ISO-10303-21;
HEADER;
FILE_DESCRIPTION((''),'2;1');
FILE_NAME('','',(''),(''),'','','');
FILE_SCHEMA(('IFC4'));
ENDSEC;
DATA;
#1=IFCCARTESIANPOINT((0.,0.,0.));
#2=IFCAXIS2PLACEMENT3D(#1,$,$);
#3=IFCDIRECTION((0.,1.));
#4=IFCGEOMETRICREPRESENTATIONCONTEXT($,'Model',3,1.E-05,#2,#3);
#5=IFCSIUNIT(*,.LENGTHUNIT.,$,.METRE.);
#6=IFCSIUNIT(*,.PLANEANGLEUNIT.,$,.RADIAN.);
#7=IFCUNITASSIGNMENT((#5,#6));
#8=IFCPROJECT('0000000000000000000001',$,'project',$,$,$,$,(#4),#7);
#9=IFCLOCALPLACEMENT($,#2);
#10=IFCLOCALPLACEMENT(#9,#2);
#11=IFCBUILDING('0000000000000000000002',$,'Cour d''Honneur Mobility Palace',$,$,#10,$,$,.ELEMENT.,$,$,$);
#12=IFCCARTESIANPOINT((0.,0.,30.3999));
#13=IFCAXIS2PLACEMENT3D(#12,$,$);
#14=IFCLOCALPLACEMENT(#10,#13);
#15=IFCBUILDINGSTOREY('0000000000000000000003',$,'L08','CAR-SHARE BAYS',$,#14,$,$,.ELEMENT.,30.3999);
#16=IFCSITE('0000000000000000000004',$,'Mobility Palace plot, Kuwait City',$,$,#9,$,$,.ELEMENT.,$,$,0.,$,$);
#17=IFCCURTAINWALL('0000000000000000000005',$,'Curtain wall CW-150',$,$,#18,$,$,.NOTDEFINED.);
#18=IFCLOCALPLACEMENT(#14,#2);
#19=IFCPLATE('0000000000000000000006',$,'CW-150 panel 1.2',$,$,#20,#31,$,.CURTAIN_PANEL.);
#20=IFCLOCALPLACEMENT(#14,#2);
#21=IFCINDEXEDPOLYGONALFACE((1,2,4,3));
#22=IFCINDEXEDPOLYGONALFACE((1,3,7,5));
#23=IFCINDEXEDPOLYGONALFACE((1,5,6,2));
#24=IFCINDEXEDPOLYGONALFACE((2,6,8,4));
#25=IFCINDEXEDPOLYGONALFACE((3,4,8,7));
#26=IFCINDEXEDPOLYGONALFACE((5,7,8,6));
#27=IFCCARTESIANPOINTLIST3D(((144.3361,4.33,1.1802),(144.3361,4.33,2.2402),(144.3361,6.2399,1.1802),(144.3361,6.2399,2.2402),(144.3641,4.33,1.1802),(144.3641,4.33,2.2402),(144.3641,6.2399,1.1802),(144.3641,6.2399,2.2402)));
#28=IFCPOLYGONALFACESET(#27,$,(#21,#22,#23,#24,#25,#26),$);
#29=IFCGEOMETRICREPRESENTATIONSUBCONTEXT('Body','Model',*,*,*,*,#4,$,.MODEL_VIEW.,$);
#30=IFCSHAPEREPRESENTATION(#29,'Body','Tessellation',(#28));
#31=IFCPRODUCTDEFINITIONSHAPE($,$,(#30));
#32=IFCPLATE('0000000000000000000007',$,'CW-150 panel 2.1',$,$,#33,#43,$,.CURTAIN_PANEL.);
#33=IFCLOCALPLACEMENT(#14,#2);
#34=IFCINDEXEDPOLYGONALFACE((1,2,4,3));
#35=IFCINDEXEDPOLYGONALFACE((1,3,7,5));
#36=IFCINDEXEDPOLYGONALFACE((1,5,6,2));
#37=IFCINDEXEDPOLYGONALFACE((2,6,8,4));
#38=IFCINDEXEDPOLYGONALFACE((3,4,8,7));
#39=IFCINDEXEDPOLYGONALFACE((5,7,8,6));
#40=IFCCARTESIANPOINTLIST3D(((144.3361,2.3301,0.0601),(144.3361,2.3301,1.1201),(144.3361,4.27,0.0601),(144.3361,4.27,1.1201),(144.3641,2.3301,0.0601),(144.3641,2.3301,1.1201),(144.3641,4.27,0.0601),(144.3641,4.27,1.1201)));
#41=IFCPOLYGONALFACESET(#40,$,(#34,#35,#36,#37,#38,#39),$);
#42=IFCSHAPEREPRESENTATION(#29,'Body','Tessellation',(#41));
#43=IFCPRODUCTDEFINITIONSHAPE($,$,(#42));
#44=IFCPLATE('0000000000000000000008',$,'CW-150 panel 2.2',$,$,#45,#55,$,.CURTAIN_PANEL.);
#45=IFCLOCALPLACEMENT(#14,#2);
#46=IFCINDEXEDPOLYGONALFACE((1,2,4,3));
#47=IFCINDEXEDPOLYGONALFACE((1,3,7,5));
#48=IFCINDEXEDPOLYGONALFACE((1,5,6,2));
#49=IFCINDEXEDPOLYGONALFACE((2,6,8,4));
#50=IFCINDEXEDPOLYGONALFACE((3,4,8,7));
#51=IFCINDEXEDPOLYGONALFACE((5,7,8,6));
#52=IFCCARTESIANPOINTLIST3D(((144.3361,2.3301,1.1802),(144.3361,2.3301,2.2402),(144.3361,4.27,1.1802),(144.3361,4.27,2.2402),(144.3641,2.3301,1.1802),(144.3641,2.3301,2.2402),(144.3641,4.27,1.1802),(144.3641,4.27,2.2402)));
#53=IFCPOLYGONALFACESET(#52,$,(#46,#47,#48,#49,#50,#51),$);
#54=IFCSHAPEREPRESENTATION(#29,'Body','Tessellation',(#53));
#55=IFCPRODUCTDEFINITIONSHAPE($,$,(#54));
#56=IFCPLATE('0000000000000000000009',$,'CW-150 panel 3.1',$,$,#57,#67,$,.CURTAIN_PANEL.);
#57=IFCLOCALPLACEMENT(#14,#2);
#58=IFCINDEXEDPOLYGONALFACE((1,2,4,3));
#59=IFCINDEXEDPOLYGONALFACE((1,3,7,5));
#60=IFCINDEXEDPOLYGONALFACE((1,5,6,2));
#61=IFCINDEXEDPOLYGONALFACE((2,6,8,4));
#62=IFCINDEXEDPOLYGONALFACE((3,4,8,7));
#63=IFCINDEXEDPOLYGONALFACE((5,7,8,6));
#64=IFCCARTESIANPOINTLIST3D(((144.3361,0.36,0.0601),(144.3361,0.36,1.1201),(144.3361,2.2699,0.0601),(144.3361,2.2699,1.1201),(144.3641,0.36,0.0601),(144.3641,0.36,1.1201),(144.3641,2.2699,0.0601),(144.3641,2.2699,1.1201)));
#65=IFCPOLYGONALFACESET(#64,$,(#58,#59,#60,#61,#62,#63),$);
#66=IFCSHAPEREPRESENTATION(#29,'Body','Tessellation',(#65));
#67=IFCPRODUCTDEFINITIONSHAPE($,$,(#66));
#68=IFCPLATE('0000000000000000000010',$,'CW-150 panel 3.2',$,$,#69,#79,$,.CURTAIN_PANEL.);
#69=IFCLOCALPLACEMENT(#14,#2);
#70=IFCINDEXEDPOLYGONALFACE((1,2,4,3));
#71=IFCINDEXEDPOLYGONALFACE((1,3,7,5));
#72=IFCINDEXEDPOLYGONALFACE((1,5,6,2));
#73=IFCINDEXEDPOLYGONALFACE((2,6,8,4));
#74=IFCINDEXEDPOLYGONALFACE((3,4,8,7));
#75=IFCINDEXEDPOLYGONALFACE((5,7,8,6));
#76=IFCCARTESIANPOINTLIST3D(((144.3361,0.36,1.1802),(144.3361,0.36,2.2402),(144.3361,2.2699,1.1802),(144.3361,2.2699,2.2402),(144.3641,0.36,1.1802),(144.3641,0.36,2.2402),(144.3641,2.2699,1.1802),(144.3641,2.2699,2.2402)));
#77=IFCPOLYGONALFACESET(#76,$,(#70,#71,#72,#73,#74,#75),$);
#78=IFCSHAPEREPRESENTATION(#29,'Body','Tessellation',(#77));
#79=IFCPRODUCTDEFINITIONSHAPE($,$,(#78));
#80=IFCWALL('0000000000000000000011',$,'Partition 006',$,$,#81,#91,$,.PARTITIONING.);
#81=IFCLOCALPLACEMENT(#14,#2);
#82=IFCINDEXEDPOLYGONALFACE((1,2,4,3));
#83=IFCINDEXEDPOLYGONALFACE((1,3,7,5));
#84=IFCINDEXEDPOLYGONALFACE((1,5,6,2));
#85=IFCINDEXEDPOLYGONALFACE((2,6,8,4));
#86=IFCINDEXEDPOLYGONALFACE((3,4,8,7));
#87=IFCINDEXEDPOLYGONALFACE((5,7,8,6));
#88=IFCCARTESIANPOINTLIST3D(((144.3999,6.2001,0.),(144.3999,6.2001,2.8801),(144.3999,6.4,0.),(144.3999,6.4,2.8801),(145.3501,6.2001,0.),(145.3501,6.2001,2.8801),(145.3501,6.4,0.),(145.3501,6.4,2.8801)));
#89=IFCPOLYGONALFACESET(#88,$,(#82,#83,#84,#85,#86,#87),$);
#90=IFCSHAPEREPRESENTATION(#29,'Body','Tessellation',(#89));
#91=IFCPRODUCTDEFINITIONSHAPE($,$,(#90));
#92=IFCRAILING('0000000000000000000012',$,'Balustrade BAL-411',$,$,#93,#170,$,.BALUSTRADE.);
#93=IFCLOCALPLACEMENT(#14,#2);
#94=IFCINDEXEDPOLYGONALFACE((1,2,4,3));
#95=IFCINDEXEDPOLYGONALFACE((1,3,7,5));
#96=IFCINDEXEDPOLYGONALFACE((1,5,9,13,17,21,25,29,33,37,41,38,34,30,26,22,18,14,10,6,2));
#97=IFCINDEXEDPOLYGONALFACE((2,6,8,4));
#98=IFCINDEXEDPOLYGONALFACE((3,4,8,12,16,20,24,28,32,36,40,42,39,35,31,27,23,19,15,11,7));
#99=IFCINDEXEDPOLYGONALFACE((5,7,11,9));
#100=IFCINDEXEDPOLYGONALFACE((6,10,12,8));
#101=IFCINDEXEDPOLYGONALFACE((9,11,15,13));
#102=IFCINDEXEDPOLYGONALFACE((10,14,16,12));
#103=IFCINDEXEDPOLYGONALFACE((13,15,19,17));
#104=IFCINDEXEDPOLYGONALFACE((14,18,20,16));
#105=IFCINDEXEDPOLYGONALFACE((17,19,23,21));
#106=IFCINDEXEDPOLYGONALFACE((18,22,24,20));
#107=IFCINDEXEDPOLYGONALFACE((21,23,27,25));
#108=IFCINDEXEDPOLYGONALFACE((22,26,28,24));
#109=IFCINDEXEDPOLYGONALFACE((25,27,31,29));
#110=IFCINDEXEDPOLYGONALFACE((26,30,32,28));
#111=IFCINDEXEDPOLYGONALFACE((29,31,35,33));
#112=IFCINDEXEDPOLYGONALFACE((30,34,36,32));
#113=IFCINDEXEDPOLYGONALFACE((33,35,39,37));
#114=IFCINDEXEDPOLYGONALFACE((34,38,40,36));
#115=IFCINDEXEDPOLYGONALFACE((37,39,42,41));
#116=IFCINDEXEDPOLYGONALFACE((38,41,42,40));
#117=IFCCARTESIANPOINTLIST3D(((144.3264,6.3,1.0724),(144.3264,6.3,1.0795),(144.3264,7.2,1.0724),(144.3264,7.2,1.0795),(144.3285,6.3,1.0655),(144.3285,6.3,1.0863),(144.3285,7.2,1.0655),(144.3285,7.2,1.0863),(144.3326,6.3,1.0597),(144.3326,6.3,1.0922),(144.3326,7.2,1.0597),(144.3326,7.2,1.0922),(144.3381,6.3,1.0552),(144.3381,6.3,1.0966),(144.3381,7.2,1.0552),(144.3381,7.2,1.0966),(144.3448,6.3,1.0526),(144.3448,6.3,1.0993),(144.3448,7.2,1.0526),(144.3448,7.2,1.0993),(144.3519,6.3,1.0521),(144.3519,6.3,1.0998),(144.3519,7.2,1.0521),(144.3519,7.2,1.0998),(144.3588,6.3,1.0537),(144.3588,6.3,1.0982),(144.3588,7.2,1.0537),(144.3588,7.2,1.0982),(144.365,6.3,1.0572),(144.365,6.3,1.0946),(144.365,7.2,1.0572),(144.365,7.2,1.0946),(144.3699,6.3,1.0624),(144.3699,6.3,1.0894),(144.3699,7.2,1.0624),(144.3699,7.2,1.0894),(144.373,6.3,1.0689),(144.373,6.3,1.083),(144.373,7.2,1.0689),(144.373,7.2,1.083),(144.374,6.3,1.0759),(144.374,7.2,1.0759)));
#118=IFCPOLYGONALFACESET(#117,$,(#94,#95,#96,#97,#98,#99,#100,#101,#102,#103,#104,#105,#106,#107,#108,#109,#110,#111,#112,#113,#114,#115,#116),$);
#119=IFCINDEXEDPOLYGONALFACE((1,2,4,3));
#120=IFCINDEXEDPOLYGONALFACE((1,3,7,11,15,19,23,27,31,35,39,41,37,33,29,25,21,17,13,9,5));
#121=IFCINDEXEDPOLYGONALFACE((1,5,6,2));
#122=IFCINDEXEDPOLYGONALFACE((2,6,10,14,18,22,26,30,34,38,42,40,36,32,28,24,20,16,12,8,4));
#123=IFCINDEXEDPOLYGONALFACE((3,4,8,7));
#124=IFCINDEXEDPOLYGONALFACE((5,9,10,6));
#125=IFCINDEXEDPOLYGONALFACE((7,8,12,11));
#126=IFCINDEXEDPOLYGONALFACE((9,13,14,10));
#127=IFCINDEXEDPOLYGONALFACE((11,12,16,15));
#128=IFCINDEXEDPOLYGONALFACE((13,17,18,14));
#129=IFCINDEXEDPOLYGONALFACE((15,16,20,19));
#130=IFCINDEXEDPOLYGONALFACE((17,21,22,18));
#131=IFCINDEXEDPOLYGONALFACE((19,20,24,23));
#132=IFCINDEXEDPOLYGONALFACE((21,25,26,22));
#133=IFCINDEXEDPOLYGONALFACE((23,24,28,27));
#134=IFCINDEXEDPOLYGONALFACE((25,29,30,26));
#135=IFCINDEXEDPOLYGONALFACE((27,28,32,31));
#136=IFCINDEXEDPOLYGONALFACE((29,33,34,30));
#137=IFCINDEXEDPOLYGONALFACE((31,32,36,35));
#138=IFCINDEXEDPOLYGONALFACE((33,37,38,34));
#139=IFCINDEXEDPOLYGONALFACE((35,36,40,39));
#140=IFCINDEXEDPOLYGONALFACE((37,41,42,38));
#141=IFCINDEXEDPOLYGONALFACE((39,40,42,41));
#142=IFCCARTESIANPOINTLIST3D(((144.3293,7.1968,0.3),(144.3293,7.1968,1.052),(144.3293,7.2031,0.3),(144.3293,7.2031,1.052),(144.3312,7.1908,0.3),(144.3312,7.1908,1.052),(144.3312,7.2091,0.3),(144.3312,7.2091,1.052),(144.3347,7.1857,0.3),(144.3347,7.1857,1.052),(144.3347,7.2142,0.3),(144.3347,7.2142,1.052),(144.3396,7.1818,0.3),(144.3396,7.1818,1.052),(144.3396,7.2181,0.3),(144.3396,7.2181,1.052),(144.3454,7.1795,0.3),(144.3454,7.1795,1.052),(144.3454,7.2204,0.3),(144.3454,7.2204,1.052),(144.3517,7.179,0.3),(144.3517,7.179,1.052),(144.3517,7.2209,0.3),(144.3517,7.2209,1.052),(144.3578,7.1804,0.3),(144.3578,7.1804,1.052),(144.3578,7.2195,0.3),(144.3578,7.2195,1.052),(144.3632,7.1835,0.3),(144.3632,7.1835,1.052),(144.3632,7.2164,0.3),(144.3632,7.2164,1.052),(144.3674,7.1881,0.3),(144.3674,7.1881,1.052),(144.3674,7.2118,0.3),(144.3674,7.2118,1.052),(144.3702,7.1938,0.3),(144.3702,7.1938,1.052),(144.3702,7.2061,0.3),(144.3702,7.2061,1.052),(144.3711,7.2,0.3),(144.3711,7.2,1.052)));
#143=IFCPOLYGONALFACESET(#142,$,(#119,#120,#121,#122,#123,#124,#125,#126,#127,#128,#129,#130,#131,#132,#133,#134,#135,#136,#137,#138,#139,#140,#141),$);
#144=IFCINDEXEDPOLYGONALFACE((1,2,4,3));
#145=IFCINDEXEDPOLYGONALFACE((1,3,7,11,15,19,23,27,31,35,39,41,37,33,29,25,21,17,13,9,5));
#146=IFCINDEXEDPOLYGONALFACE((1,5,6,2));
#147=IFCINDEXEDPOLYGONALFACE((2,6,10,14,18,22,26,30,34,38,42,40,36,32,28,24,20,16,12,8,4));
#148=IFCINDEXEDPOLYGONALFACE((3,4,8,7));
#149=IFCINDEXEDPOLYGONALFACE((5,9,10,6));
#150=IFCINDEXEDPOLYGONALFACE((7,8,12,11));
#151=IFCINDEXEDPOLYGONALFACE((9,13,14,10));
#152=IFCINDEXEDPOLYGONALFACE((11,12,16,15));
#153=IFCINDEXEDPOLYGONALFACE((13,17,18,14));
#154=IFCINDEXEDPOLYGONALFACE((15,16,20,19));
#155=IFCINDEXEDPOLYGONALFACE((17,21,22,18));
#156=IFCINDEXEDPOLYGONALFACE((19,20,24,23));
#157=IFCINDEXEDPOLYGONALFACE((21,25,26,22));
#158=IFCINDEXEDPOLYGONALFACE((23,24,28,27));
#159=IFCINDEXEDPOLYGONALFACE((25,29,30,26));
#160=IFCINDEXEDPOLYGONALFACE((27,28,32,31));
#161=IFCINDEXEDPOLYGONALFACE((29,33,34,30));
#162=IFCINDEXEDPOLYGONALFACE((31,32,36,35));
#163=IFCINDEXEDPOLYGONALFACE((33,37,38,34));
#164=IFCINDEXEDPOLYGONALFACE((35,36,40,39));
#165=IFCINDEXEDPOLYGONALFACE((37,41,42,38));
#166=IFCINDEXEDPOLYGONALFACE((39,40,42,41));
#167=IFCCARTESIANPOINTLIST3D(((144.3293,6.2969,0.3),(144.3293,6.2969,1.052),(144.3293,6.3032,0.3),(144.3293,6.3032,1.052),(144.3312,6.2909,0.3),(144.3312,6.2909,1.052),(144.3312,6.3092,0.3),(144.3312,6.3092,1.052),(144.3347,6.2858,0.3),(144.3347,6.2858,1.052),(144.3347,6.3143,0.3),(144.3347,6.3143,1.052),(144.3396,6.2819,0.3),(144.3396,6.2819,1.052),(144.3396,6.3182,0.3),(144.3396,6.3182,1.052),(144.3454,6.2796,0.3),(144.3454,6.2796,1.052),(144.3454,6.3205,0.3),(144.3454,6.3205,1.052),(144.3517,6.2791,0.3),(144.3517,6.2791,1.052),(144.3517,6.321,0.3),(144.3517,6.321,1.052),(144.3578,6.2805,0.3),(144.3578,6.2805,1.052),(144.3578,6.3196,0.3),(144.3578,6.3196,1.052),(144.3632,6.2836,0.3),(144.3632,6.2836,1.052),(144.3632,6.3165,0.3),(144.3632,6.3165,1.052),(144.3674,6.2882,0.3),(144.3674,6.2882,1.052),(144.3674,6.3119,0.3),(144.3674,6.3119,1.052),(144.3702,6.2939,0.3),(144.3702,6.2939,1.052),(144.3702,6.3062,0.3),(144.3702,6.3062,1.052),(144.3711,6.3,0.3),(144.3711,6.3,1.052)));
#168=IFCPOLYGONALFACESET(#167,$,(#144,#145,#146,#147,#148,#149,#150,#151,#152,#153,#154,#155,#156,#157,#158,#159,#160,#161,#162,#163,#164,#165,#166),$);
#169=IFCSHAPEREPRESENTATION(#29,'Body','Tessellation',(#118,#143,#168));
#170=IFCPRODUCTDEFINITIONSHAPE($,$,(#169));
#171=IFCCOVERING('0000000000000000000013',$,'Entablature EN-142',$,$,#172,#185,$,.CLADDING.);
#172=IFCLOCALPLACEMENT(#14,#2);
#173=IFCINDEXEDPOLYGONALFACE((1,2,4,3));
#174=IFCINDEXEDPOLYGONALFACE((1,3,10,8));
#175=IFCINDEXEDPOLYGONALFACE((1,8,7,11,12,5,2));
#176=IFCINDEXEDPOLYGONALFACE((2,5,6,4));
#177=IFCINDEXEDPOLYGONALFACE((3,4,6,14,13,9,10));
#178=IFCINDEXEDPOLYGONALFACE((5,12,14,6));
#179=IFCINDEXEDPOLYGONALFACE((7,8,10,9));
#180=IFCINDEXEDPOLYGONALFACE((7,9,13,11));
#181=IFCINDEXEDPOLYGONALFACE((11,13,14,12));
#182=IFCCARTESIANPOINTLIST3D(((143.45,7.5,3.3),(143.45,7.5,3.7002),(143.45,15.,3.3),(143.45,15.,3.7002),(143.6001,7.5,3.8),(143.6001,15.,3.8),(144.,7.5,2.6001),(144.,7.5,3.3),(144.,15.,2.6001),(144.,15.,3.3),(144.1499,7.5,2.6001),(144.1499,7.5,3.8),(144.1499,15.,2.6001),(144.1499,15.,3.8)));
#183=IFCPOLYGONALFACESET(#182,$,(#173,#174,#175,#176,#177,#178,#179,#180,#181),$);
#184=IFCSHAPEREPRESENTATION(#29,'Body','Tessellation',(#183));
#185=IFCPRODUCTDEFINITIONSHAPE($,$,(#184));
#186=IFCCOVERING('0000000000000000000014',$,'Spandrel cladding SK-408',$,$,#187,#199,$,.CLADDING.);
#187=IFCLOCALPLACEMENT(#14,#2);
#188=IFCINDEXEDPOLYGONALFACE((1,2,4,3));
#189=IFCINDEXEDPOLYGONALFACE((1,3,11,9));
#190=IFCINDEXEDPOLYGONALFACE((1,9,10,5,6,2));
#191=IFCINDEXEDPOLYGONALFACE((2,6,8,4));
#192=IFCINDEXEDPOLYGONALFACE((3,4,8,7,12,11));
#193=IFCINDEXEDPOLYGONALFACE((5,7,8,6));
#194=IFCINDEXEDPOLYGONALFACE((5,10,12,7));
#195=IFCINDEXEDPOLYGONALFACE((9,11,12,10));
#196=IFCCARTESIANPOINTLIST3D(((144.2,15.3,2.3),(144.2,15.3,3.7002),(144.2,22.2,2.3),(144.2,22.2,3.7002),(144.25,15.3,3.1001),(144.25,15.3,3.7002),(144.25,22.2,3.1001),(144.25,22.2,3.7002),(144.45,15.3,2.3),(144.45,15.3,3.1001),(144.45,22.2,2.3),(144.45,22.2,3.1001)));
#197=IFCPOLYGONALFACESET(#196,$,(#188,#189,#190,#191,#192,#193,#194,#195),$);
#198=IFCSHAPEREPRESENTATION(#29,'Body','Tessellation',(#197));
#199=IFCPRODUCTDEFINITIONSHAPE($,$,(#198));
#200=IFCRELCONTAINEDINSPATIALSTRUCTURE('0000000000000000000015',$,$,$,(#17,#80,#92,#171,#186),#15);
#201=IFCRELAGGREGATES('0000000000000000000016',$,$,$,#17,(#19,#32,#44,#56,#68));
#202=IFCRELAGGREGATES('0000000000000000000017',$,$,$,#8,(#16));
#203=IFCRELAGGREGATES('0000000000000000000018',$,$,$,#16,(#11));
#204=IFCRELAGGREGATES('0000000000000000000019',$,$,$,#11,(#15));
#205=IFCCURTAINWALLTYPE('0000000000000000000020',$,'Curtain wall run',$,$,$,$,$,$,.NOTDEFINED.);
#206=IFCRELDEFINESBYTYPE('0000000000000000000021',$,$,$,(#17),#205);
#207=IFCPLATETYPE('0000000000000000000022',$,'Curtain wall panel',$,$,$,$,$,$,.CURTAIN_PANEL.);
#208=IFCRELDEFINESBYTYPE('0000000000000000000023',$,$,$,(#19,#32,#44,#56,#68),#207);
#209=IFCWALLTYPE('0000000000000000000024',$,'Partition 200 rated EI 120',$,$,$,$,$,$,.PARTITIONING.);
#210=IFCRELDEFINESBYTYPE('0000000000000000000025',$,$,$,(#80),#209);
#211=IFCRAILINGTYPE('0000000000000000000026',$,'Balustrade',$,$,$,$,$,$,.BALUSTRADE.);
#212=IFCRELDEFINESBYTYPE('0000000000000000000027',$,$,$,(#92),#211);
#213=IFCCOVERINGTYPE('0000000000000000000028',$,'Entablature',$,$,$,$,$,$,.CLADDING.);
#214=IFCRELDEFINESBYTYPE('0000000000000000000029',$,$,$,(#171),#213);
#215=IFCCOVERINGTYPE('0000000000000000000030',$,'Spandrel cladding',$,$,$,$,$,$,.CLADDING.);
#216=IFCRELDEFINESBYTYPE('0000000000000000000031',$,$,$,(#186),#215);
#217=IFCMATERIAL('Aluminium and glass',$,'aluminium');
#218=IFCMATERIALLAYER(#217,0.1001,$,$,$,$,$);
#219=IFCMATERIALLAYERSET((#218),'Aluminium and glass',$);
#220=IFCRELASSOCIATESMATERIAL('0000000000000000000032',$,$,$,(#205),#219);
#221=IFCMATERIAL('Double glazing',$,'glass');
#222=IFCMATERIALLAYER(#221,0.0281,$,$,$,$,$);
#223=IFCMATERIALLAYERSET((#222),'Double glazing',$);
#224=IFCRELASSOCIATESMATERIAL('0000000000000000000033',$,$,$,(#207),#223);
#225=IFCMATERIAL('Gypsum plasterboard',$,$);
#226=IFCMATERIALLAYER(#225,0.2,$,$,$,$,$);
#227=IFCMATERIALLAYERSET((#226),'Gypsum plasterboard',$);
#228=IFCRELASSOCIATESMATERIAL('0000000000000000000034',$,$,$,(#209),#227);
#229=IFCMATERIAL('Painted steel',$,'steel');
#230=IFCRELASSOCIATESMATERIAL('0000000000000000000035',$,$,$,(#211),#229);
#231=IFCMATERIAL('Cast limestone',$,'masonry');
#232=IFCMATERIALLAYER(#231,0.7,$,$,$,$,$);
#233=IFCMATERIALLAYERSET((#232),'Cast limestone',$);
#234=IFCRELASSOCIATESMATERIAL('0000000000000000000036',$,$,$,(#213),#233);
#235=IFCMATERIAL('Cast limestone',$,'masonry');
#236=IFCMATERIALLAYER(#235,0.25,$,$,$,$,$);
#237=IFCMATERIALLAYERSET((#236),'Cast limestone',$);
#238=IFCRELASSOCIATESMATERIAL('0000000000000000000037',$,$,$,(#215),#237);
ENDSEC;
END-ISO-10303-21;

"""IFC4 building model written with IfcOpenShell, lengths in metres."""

from ifc_helpers import new_model, si_unit, direction, frame, frame_2d, origin, origin_2d, place, context, subcontext, project, spatial, polyline, rectangle, circle, outline, extrude, material, layer, layer_set, type_object, element, aggregate, save


model = new_model("IFC4")

# Units and contexts
model_context = context("Model", 3, precision=1e-05, world=origin(), true_north=direction((0.0, 1.0)))
body_context = subcontext(model_context, "Body", "Model", "MODEL_VIEW")
ifc_project = project(units=[si_unit("LENGTHUNIT", "METRE"), si_unit("PLANEANGLEUNIT", "RADIAN")], contexts=[model_context])

# Site, building, storey
site_placement = place(None, origin())
site = spatial("IfcSite", under=ifc_project, at=site_placement, Name="Mobility Palace plot, Kuwait City", CompositionType="ELEMENT", RefElevation=0.0)
building_placement = place(site_placement, origin())
building = spatial("IfcBuilding", under=site, at=building_placement, Name="Cour d'Honneur Mobility Palace", CompositionType="ELEMENT")
storey_placement = place(building_placement, frame((0.0, 0.0, 30.3999)))
storey = spatial("IfcBuildingStorey", under=building, at=storey_placement, Name="L08", Description="CAR-SHARE BAYS", CompositionType="ELEMENT", Elevation=30.3999)

# Curtain wall, plates
ifc_material_1 = material(Name="Aluminium and glass", Category="aluminium")
ifc_layer_1 = layer(ifc_material_1, 0.1001)
ifc_layer_set_1 = layer_set([ifc_layer_1], Name="Aluminium and glass")
curtain_wall_type = type_object("IfcCurtainWallType", Name="Curtain wall run", PredefinedType="NOTDEFINED", material=ifc_layer_set_1)
curtain_wall_placement = place(storey_placement, origin())
curtain_wall = element("IfcCurtainWall", 1, at=curtain_wall_placement, inside=storey, type_object=curtain_wall_type, Name="Curtain wall CW-150", PredefinedType="NOTDEFINED")
ifc_material_2 = material(Name="Double glazing", Category="glass")
ifc_layer_2 = layer(ifc_material_2, 0.0281)
ifc_layer_set_2 = layer_set([ifc_layer_2], Name="Double glazing")
plate_type = type_object("IfcPlateType", Name="Curtain wall panel", PredefinedType="CURTAIN_PANEL", material=ifc_layer_set_2)
plate_1_placement = place(storey_placement, frame((144.3501, 5.2849, 1.1802), z_axis=(0.0, 0.0, 1.0), x_axis=(0.0, -1.0, 0.0)))
plate_1 = element("IfcPlate", 2, at=plate_1_placement, type_object=plate_type, Name="CW-150 panel 1.2", PredefinedType="CURTAIN_PANEL", context=body_context, shape_type="SweptSolid", body=[
    extrude(rectangle(XDim=1.9099, YDim=0.0281, at=origin_2d()), origin(), (0.0, 0.0, 1.0), 1.0601),
])
plate_2_placement = place(storey_placement, frame((144.3501, 3.3, 0.0601), z_axis=(0.0, 0.0, 1.0), x_axis=(0.0, -1.0, 0.0)))
plate_2 = element("IfcPlate", 3, at=plate_2_placement, type_object=plate_type, Name="CW-150 panel 2.1", PredefinedType="CURTAIN_PANEL", context=body_context, shape_type="SweptSolid", body=[
    extrude(rectangle(XDim=1.9399, YDim=0.0281, at=origin_2d()), origin(), (0.0, 0.0, 1.0), 1.0601),
])
plate_3_placement = place(storey_placement, frame((144.3501, 3.3, 1.1802), z_axis=(0.0, 0.0, 1.0), x_axis=(0.0, -1.0, 0.0)))
plate_3 = element("IfcPlate", 4, at=plate_3_placement, type_object=plate_type, Name="CW-150 panel 2.2", PredefinedType="CURTAIN_PANEL", context=body_context, shape_type="SweptSolid", body=[
    extrude(rectangle(XDim=1.9399, YDim=0.0281, at=origin_2d()), origin(), (0.0, 0.0, 1.0), 1.0601),
])
plate_4_placement = place(storey_placement, frame((144.3501, 1.3149, 0.0601), z_axis=(0.0, 0.0, 1.0), x_axis=(0.0, -1.0, 0.0)))
plate_4 = element("IfcPlate", 5, at=plate_4_placement, type_object=plate_type, Name="CW-150 panel 3.1", PredefinedType="CURTAIN_PANEL", context=body_context, shape_type="SweptSolid", body=[
    extrude(rectangle(XDim=1.9099, YDim=0.0281, at=origin_2d()), origin(), (0.0, 0.0, 1.0), 1.0601),
])
plate_5_placement = place(storey_placement, frame((144.3501, 1.3149, 1.1802), z_axis=(0.0, 0.0, 1.0), x_axis=(0.0, -1.0, 0.0)))
plate_5 = element("IfcPlate", 6, at=plate_5_placement, type_object=plate_type, Name="CW-150 panel 3.2", PredefinedType="CURTAIN_PANEL", context=body_context, shape_type="SweptSolid", body=[
    extrude(rectangle(XDim=1.9099, YDim=0.0281, at=origin_2d()), origin(), (0.0, 0.0, 1.0), 1.0601),
])
aggregate(curtain_wall, [plate_1, plate_2, plate_3, plate_4, plate_5])

# Wall
ifc_material_3 = material(Name="Gypsum plasterboard")
ifc_layer_3 = layer(ifc_material_3, 0.2)
ifc_layer_set_3 = layer_set([ifc_layer_3], Name="Gypsum plasterboard")
wall_type = type_object("IfcWallType", Name="Partition 200 rated EI 120", PredefinedType="PARTITIONING", material=ifc_layer_set_3)
wall_placement = place(storey_placement, frame((144.3999, 6.3, 0.0), z_axis=(0.0, 0.0, 1.0), x_axis=(1.0, 0.0, 0.0)))
element("IfcWall", 7, at=wall_placement, inside=storey, type_object=wall_type, Name="Partition 006", PredefinedType="PARTITIONING", context=body_context, shape_type="SweptSolid", body=[
    extrude(rectangle(XDim=0.9502, YDim=0.2, at=frame_2d((0.4751, 0.0))), origin(), (0.0, 0.0, 1.0), 2.8801),
])

# Railing
ifc_material_4 = material(Name="Painted steel", Category="steel")
railing_type = type_object("IfcRailingType", Name="Balustrade", PredefinedType="BALUSTRADE", material=ifc_material_4)
railing_placement = place(storey_placement, frame((144.3501, 7.2, 0.3)))
element("IfcRailing", 8, at=railing_placement, inside=storey, type_object=railing_type, Name="Balustrade BAL-411", PredefinedType="BALUSTRADE", context=body_context, shape_type="SweptSolid", body=[
    extrude(circle(Radius=0.0239, at=origin_2d()), frame((0.0, 0.0, 0.7759), z_axis=(0.0, -1.0, 0.0), x_axis=(1.0, 0.0, 0.0)), (0.0, 0.0, 1.0), 0.8999),
    extrude(circle(Radius=0.021, at=origin_2d()), origin(), (0.0, 0.0, 1.0), 0.752),
    extrude(circle(Radius=0.021, at=origin_2d()), frame((0.0, -0.8999, 0.0)), (0.0, 0.0, 1.0), 0.752),
])

# Coverings
ifc_material_5 = material(Name="Cast limestone", Category="masonry")
ifc_layer_4 = layer(ifc_material_5, 0.7)
ifc_layer_set_4 = layer_set([ifc_layer_4], Name="Cast limestone")
covering_type_1 = type_object("IfcCoveringType", Name="Entablature", PredefinedType="CLADDING", material=ifc_layer_set_4)
covering_placement = place(storey_placement, frame((144.1499, 15.0, 2.6001), z_axis=(0.0, 1.0, 0.0), x_axis=(-1.0, 0.0, 0.0)))
element("IfcCovering", 9, at=covering_placement, inside=storey, type_object=covering_type_1, Name="Entablature EN-142", PredefinedType="CLADDING", context=body_context, shape_type="SweptSolid", body=[
    extrude(outline(polyline([(0.0, 0.0), (0.1499, 0.0), (0.1499, 0.7), (0.7, 0.7), (0.7, 1.1001), (0.5498, 1.2), (0.0, 1.2), (0.0, 0.0)])), origin(), (0.0, 0.0, -1.0), 7.5),
])
ifc_material_6 = material(Name="Cast limestone", Category="masonry")
ifc_layer_5 = layer(ifc_material_6, 0.25)
ifc_layer_set_5 = layer_set([ifc_layer_5], Name="Cast limestone")
covering_type_2 = type_object("IfcCoveringType", Name="Spandrel cladding", PredefinedType="CLADDING", material=ifc_layer_set_5)
for number, where, z_axis, x_axis, name in (
    (10, (144.45, 22.2, 2.3), (0.0, 1.0, 0.0), (-1.0, 0.0, 0.0), "Spandrel cladding SK-408"),
):
    element("IfcCovering", number, at=place(storey_placement, frame(where, z_axis=z_axis, x_axis=x_axis)), inside=storey, type_object=covering_type_2, Name=name, PredefinedType="CLADDING", context=body_context, shape_type="SweptSolid", body=[
        extrude(outline(polyline([(0.0, 0.0), (0.25, 0.0), (0.25, 1.4001), (0.2, 1.4001), (0.2, 0.8), (0.0, 0.8), (0.0, 0.0)])), origin(), (0.0, 0.0, -1.0), 6.8999),
    ])

save(model, "model.ifc")
